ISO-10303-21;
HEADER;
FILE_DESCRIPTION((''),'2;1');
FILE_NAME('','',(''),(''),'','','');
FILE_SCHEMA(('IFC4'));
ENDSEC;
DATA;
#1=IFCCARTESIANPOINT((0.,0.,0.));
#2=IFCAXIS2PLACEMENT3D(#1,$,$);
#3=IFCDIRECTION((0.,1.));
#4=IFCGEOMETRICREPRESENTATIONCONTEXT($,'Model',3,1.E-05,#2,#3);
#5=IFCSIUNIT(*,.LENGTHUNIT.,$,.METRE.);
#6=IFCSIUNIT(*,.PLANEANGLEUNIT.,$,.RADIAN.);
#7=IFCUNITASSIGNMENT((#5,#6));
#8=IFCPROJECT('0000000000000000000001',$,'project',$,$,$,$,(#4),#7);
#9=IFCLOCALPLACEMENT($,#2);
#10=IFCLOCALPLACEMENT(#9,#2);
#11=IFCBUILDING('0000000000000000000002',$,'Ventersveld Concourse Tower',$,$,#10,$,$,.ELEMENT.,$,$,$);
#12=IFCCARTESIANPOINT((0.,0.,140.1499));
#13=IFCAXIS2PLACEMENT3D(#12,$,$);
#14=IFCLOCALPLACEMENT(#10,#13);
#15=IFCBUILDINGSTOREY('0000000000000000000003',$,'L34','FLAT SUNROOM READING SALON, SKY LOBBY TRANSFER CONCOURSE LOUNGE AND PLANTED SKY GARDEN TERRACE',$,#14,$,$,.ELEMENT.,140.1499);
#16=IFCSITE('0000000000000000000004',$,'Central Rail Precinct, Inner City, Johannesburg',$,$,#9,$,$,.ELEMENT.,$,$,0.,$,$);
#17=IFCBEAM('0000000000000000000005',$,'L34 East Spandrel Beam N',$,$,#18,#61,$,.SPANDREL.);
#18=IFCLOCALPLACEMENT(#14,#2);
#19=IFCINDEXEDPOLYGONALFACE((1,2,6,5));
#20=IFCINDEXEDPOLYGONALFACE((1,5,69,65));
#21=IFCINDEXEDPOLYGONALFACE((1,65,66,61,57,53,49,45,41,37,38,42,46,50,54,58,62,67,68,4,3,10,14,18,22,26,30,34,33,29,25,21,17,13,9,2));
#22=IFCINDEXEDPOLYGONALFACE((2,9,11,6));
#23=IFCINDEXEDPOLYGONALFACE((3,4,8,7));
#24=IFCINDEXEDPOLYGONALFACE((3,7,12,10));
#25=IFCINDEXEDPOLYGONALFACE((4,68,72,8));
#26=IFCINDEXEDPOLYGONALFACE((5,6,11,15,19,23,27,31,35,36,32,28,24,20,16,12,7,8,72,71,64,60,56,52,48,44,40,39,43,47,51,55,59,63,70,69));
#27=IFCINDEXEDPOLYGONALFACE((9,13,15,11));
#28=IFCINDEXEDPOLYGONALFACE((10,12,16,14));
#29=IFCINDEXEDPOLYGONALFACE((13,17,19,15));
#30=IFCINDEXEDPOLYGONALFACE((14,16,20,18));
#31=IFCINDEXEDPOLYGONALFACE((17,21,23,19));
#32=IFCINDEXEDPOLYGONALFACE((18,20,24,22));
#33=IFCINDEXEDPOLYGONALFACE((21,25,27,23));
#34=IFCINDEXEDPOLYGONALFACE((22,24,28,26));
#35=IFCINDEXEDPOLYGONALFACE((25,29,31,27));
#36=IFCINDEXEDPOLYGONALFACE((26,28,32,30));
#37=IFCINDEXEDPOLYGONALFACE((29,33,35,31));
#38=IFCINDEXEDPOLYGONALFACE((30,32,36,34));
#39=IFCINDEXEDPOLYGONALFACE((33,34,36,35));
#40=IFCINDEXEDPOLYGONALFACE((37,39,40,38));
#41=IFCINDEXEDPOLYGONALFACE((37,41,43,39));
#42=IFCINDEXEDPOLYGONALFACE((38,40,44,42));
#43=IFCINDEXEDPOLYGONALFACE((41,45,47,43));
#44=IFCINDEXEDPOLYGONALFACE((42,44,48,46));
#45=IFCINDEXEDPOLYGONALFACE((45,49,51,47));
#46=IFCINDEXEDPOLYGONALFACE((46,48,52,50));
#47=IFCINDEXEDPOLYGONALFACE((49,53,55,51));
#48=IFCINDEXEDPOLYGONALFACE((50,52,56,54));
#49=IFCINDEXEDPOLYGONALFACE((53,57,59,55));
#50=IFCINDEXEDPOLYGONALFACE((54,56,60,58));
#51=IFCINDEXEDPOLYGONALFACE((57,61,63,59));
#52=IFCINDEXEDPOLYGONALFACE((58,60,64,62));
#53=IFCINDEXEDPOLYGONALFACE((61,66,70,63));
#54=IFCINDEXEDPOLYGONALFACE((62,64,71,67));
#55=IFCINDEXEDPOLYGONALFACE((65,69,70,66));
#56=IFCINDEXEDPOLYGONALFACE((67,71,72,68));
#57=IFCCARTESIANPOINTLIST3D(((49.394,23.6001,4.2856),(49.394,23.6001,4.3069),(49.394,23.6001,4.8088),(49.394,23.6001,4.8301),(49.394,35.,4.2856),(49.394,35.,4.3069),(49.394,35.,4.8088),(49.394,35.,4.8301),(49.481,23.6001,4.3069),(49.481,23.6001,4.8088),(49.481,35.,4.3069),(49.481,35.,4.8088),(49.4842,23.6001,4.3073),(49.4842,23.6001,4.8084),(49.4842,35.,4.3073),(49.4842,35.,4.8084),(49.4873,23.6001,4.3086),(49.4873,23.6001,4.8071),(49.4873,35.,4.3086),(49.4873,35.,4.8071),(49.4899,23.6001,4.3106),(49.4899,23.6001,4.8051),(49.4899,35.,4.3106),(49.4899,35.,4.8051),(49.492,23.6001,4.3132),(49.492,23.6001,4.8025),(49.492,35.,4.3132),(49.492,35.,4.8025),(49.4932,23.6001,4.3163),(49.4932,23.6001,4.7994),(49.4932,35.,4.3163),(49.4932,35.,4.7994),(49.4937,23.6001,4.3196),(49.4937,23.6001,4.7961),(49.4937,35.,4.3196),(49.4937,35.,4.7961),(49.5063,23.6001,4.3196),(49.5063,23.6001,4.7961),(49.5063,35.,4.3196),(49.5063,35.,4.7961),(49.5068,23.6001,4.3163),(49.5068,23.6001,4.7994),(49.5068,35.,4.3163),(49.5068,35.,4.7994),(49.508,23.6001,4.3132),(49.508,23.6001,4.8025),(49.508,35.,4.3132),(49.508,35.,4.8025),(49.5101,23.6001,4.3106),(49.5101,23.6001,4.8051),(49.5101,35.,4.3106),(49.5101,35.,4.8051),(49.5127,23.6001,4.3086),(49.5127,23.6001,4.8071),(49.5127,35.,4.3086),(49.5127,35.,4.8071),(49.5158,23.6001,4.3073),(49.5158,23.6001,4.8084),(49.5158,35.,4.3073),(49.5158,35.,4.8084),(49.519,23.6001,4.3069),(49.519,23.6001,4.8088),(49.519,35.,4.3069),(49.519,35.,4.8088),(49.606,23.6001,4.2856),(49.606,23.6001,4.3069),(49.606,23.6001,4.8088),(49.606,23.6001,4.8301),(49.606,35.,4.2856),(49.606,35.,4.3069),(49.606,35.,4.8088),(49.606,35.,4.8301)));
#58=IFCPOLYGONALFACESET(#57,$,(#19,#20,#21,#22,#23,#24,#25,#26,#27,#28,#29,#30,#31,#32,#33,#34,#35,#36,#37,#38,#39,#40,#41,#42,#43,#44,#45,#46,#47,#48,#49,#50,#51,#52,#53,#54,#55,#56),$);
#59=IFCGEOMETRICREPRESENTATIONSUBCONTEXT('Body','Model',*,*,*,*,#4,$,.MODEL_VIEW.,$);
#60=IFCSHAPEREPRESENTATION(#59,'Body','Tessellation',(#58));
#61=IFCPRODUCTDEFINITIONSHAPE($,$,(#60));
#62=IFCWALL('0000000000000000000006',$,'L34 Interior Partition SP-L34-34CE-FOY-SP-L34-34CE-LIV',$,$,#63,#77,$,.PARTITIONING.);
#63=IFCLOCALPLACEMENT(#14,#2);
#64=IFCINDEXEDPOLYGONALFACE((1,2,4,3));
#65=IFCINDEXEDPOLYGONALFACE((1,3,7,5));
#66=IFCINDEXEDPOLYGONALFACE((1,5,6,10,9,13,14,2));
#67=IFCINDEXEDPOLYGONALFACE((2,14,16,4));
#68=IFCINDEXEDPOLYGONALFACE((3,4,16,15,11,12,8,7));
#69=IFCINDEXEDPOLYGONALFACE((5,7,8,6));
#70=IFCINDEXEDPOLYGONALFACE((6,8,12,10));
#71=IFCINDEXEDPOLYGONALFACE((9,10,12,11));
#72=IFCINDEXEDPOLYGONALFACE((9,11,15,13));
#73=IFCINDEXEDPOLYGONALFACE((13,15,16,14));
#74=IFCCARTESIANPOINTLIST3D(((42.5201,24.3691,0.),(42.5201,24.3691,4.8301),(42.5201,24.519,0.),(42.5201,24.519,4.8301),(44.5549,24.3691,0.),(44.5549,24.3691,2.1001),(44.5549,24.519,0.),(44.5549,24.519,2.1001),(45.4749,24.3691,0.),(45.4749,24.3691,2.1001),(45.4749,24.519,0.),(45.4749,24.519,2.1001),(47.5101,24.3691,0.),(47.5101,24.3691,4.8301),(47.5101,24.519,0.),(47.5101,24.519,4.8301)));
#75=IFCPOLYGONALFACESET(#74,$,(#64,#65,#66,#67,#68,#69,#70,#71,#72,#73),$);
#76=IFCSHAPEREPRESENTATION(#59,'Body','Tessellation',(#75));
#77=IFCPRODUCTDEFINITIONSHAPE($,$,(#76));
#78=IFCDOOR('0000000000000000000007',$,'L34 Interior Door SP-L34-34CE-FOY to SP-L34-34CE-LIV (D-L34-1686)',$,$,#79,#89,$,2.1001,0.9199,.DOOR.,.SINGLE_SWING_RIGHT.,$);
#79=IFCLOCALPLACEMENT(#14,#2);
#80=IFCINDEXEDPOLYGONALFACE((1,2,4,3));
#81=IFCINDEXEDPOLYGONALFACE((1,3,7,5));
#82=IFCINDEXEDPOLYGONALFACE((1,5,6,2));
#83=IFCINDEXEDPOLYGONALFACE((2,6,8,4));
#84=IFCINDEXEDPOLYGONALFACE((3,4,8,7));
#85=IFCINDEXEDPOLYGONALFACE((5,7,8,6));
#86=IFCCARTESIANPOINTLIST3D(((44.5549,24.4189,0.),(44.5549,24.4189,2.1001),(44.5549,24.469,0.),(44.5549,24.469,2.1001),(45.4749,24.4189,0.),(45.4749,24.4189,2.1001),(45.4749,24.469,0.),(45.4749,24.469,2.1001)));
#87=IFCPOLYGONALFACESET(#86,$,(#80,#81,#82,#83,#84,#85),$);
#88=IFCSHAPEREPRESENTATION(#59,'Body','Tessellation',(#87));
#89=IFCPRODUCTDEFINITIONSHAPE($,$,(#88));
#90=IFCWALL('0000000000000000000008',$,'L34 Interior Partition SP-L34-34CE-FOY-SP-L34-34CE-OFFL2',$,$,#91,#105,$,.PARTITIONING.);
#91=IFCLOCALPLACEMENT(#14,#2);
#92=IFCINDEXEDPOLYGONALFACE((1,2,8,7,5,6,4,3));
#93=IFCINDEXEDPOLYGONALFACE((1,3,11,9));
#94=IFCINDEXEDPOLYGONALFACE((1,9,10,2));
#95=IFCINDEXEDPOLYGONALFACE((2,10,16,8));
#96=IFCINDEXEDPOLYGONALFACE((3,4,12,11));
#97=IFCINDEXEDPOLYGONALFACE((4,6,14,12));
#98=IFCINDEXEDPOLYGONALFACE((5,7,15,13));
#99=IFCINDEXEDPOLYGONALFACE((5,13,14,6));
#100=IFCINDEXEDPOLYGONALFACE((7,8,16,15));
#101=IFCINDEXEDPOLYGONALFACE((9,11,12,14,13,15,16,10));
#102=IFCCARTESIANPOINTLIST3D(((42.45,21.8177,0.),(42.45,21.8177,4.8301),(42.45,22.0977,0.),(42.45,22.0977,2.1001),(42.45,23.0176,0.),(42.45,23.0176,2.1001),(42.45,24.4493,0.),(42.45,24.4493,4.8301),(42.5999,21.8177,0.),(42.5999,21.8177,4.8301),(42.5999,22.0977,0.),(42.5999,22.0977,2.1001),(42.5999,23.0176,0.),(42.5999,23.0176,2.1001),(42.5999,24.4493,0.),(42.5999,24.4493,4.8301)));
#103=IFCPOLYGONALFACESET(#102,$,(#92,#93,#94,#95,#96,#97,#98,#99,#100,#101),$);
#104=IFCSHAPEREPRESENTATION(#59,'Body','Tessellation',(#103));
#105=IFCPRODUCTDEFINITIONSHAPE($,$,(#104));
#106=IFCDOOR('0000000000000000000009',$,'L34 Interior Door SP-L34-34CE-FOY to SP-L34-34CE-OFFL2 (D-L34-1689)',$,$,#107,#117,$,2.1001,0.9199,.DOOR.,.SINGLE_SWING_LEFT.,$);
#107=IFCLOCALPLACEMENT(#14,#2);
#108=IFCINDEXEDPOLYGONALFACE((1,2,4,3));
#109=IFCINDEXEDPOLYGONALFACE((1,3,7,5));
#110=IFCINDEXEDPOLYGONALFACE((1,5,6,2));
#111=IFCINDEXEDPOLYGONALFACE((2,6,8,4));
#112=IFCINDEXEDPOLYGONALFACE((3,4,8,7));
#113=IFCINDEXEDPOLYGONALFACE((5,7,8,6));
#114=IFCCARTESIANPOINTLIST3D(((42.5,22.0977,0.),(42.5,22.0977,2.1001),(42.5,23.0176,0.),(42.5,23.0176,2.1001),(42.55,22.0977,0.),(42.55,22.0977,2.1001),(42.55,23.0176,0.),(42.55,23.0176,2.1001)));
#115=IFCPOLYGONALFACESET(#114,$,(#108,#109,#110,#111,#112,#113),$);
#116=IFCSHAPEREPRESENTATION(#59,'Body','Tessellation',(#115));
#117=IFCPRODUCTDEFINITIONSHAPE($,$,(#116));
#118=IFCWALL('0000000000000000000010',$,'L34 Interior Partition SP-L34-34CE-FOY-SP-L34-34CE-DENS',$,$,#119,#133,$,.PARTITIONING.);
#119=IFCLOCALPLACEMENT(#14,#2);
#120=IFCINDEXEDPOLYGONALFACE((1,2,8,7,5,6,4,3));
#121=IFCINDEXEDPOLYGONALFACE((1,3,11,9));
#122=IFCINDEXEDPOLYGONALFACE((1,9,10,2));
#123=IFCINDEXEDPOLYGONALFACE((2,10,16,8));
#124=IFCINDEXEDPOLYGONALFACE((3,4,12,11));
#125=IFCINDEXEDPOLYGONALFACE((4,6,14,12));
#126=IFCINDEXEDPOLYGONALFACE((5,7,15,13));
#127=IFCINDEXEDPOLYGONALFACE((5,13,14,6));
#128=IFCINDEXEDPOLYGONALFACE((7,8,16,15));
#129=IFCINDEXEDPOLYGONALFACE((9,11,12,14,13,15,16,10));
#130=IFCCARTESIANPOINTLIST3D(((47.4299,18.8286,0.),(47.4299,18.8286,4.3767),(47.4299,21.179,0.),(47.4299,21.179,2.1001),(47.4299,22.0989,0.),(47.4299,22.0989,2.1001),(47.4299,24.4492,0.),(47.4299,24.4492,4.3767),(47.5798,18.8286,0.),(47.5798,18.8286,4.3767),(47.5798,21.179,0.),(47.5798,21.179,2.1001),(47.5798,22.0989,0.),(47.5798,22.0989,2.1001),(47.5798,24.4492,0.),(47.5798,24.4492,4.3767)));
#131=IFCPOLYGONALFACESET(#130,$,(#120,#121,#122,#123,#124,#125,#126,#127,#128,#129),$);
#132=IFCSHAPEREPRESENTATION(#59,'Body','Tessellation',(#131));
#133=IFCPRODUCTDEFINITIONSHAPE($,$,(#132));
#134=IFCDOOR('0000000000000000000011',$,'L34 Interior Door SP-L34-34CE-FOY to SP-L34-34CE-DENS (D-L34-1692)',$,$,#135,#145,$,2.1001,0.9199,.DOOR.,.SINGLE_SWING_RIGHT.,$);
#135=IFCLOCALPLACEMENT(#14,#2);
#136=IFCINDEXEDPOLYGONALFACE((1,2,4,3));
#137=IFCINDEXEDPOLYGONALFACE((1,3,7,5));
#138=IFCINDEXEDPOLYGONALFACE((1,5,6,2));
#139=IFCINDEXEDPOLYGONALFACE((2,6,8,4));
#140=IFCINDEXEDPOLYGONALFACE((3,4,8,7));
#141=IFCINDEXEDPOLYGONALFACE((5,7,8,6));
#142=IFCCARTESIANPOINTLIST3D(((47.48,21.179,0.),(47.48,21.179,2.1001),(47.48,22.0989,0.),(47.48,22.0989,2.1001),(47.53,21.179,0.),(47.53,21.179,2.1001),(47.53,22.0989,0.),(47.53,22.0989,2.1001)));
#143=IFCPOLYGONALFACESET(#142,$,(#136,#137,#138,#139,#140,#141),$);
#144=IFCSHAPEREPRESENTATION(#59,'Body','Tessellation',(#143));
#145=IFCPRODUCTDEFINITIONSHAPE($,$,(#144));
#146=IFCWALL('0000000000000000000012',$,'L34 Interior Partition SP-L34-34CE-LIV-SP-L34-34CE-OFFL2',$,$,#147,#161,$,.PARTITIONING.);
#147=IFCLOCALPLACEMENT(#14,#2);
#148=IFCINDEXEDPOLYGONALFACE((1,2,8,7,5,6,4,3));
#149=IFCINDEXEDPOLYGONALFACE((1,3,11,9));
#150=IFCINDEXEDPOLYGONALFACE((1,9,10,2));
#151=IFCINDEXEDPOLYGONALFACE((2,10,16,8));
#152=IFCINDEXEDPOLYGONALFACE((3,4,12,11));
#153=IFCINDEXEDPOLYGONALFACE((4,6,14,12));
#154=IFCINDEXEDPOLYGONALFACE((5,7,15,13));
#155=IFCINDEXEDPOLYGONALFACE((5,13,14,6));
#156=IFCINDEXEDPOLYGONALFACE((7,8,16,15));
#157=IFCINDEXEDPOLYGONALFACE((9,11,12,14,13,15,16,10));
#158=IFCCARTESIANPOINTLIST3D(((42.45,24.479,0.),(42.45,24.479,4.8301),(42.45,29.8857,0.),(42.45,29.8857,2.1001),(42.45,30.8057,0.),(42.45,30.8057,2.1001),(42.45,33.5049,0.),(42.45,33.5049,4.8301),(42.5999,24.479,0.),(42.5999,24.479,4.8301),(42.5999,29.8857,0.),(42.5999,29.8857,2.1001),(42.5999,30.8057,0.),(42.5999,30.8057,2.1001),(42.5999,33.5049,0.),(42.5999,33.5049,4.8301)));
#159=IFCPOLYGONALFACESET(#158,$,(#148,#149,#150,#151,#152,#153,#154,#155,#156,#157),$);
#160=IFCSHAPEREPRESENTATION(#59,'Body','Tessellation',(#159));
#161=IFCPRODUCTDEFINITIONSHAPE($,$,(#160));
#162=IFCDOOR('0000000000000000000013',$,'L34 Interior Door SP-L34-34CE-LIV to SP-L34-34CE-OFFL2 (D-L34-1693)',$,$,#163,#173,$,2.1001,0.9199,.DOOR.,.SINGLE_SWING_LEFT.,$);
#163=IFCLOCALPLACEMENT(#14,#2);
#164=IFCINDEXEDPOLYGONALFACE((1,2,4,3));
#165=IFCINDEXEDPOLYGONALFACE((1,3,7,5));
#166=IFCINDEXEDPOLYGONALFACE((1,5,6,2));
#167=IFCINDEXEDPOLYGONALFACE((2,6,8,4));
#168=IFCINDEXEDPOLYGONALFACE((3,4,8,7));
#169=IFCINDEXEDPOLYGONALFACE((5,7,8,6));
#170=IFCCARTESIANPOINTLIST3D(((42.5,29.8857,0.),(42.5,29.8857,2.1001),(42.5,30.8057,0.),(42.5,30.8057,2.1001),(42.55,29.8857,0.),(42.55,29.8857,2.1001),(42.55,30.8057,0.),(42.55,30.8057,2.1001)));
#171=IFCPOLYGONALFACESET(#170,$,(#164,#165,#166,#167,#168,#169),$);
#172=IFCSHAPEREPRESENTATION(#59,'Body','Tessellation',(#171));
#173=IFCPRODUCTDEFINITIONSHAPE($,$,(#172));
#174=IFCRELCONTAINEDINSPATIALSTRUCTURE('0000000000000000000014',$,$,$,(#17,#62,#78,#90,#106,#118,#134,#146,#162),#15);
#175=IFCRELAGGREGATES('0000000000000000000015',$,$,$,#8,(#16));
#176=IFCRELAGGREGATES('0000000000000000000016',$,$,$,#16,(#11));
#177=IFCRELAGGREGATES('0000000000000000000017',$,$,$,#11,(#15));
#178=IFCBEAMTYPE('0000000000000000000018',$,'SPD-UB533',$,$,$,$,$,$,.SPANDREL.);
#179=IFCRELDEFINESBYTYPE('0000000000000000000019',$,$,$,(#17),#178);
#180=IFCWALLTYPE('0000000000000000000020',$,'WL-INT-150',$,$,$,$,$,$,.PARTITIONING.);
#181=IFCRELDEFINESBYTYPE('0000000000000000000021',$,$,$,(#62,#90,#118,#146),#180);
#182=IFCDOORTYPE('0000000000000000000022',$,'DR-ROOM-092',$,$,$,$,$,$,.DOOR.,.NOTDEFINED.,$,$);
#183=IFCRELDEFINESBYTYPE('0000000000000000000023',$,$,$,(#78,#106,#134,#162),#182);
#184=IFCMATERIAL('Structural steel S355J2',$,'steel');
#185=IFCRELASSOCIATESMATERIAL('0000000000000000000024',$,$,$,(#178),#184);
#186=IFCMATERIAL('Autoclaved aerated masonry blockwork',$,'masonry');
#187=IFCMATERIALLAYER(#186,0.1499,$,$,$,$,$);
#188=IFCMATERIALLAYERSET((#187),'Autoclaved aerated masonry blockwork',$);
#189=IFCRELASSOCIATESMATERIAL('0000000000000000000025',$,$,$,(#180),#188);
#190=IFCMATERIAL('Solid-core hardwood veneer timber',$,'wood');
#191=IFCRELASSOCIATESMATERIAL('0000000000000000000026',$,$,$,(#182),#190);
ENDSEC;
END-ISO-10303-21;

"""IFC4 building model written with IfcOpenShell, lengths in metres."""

from ifc_helpers import new_model, si_unit, direction, frame, frame_2d, origin, origin_2d, place, context, subcontext, project, spatial, rectangle, i_section, extrude, material, layer, layer_set, material_profile, profile_set, type_object, element, fill, save


model = new_model("IFC4")

# Units and contexts
model_context = context("Model", 3, precision=1e-05, world=origin(), true_north=direction((0.0, 1.0)))
body_context = subcontext(model_context, "Body", "Model", "MODEL_VIEW")
ifc_project = project(units=[si_unit("LENGTHUNIT", "METRE"), si_unit("PLANEANGLEUNIT", "RADIAN")], contexts=[model_context])

# Site, building, storey
site_placement = place(None, origin())
site = spatial("IfcSite", under=ifc_project, at=site_placement, Name="Central Rail Precinct, Inner City, Johannesburg", CompositionType="ELEMENT", RefElevation=0.0)
building_placement = place(site_placement, origin())
building = spatial("IfcBuilding", under=site, at=building_placement, Name="Ventersveld Concourse Tower", CompositionType="ELEMENT")
storey_placement = place(building_placement, frame((0.0, 0.0, 140.1499)))
storey = spatial("IfcBuildingStorey", under=building, at=storey_placement, Name="L34", Description="FLAT SUNROOM READING SALON, SKY LOBBY TRANSFER CONCOURSE LOUNGE AND PLANTED SKY GARDEN TERRACE", CompositionType="ELEMENT", Elevation=140.1499)

# Beam
ifc_material_1 = material(Name="Structural steel S355J2", Category="steel")
ifc_material_profile_1 = material_profile(ifc_material_1, i_section(OverallWidth=0.2119, OverallDepth=0.5444, WebThickness=0.0127, FlangeThickness=0.0212, FilletRadius=0.0127, at=origin_2d()), Name="UB 533x210x122")
ifc_profile_set_1 = profile_set([ifc_material_profile_1], Name="Structural steel S355J2")
beam_type_1 = type_object("IfcBeamType", Name="SPD-UB533", PredefinedType="SPANDREL", material=ifc_profile_set_1)
beam_1_placement = place(storey_placement, frame((49.5, 23.6001, 4.5579), z_axis=(0.0, 1.0, 0.0), x_axis=(-1.0, 0.0, 0.0)))
element("IfcBeam", 1, at=beam_1_placement, inside=storey, type_object=beam_type_1, Name="L34 East Spandrel Beam N", PredefinedType="SPANDREL", context=body_context, shape_type="SweptSolid", body=[
    extrude(i_section(OverallWidth=0.2119, OverallDepth=0.5444, WebThickness=0.0127, FlangeThickness=0.0212, FilletRadius=0.0127, at=origin_2d()), origin(), (0.0, 0.0, 1.0), 11.3999),
])

# Walls, openings, doors
ifc_material_2 = material(Name="Autoclaved aerated masonry blockwork", Category="masonry")
ifc_layer = layer(ifc_material_2, 0.1499)
ifc_layer_set = layer_set([ifc_layer], Name="Autoclaved aerated masonry blockwork")
wall_type = type_object("IfcWallType", Name="WL-INT-150", PredefinedType="PARTITIONING", material=ifc_layer_set)
wall_1_placement = place(storey_placement, frame((42.52, 24.4441, 0.0), z_axis=(0.0, 0.0, 1.0), x_axis=(1.0, 0.0, 0.0)))
wall_1 = element("IfcWall", 2, at=wall_1_placement, inside=storey, type_object=wall_type, Name="L34 Interior Partition SP-L34-34CE-FOY-SP-L34-34CE-LIV", PredefinedType="PARTITIONING", context=body_context, shape_type="SweptSolid", body=[
    extrude(rectangle(XDim=4.99, YDim=0.1499, at=frame_2d((2.4951, 0.0))), origin(), (0.0, 0.0, 1.0), 4.8301),
])
opening_1_placement = place(wall_1_placement, frame((2.0349, 0.0, 0.0)))
opening_1 = element("IfcOpeningElement", 3, at=opening_1_placement, cuts=wall_1, PredefinedType="OPENING", context=body_context, shape_type="SweptSolid", body=[
    extrude(rectangle(XDim=0.9199, YDim=2.1001, at=frame_2d((0.46, 1.05))), frame((0.0, 0.085, 0.0), z_axis=(0.0, -1.0, 0.0), x_axis=(1.0, 0.0, 0.0)), (0.0, 0.0, 1.0), 0.1699),
])
ifc_material_3 = material(Name="Solid-core hardwood veneer timber", Category="wood")
door_type = type_object("IfcDoorType", Name="DR-ROOM-092", OperationType="NOTDEFINED", PredefinedType="DOOR", material=ifc_material_3)
door_1_placement = place(opening_1_placement, origin())
door_1 = element("IfcDoor", 4, at=door_1_placement, inside=storey, type_object=door_type, Name="L34 Interior Door SP-L34-34CE-FOY to SP-L34-34CE-LIV (D-L34-1686)", OperationType="SINGLE_SWING_RIGHT", OverallHeight=2.1001, OverallWidth=0.9199, PredefinedType="DOOR", context=body_context, shape_type="SweptSolid", body=[
    extrude(rectangle(XDim=0.9199, YDim=2.1001, at=frame_2d((0.46, 1.05))), frame((0.0, 0.0249, 0.0), z_axis=(0.0, -1.0, 0.0), x_axis=(1.0, 0.0, 0.0)), (0.0, 0.0, 1.0), 0.05),
])
fill(opening_1, door_1)
wall_2_placement = place(storey_placement, frame((42.5249, 21.8176, 0.0), z_axis=(0.0, 0.0, 1.0), x_axis=(0.0, 1.0, 0.0)))
wall_2 = element("IfcWall", 5, at=wall_2_placement, inside=storey, type_object=wall_type, Name="L34 Interior Partition SP-L34-34CE-FOY-SP-L34-34CE-OFFL2", PredefinedType="PARTITIONING", context=body_context, shape_type="SweptSolid", body=[
    extrude(rectangle(XDim=2.6316, YDim=0.1499, at=frame_2d((1.3159, 0.0))), origin(), (0.0, 0.0, 1.0), 4.8301),
])
opening_2_placement = place(wall_2_placement, frame((0.28, 0.0, 0.0)))
opening_2 = element("IfcOpeningElement", 6, at=opening_2_placement, cuts=wall_2, PredefinedType="OPENING", context=body_context, shape_type="SweptSolid", body=[
    extrude(rectangle(XDim=0.9199, YDim=2.1001, at=frame_2d((0.46, 1.05))), frame((0.0, 0.085, 0.0), z_axis=(0.0, -1.0, 0.0), x_axis=(1.0, 0.0, 0.0)), (0.0, 0.0, 1.0), 0.1699),
])
door_2_placement = place(opening_2_placement, origin())
door_2 = element("IfcDoor", 7, at=door_2_placement, inside=storey, type_object=door_type, Name="L34 Interior Door SP-L34-34CE-FOY to SP-L34-34CE-OFFL2 (D-L34-1689)", OperationType="SINGLE_SWING_LEFT", OverallHeight=2.1001, OverallWidth=0.9199, PredefinedType="DOOR", context=body_context, shape_type="SweptSolid", body=[
    extrude(rectangle(XDim=0.9199, YDim=2.1001, at=frame_2d((0.46, 1.05))), frame((0.0, 0.0249, 0.0), z_axis=(0.0, -1.0, 0.0), x_axis=(1.0, 0.0, 0.0)), (0.0, 0.0, 1.0), 0.05),
])
fill(opening_2, door_2)
wall_3_placement = place(storey_placement, frame((47.5049, 18.8286, 0.0), z_axis=(0.0, 0.0, 1.0), x_axis=(0.0, 1.0, 0.0)))
wall_3 = element("IfcWall", 8, at=wall_3_placement, inside=storey, type_object=wall_type, Name="L34 Interior Partition SP-L34-34CE-FOY-SP-L34-34CE-DENS", PredefinedType="PARTITIONING", context=body_context, shape_type="SweptSolid", body=[
    extrude(rectangle(XDim=5.6206, YDim=0.1499, at=frame_2d((2.8103, 0.0))), origin(), (0.0, 0.0, 1.0), 4.3767),
])
opening_3_placement = place(wall_3_placement, frame((2.3503, 0.0, 0.0)))
opening_3 = element("IfcOpeningElement", 9, at=opening_3_placement, cuts=wall_3, PredefinedType="OPENING", context=body_context, shape_type="SweptSolid", body=[
    extrude(rectangle(XDim=0.9199, YDim=2.1001, at=frame_2d((0.46, 1.05))), frame((0.0, 0.085, 0.0), z_axis=(0.0, -1.0, 0.0), x_axis=(1.0, 0.0, 0.0)), (0.0, 0.0, 1.0), 0.1699),
])
door_3_placement = place(opening_3_placement, origin())
door_3 = element("IfcDoor", 10, at=door_3_placement, inside=storey, type_object=door_type, Name="L34 Interior Door SP-L34-34CE-FOY to SP-L34-34CE-DENS (D-L34-1692)", OperationType="SINGLE_SWING_RIGHT", OverallHeight=2.1001, OverallWidth=0.9199, PredefinedType="DOOR", context=body_context, shape_type="SweptSolid", body=[
    extrude(rectangle(XDim=0.9199, YDim=2.1001, at=frame_2d((0.46, 1.05))), frame((0.0, 0.0249, 0.0), z_axis=(0.0, -1.0, 0.0), x_axis=(1.0, 0.0, 0.0)), (0.0, 0.0, 1.0), 0.05),
])
fill(opening_3, door_3)
wall_4_placement = place(storey_placement, frame((42.5249, 24.479, 0.0), z_axis=(0.0, 0.0, 1.0), x_axis=(0.0, 1.0, 0.0)))
wall_4 = element("IfcWall", 11, at=wall_4_placement, inside=storey, type_object=wall_type, Name="L34 Interior Partition SP-L34-34CE-LIV-SP-L34-34CE-OFFL2", PredefinedType="PARTITIONING", context=body_context, shape_type="SweptSolid", body=[
    extrude(rectangle(XDim=9.0259, YDim=0.1499, at=frame_2d((4.5129, 0.0))), origin(), (0.0, 0.0, 1.0), 4.8301),
])
opening_4_placement = place(wall_4_placement, frame((5.4067, 0.0, 0.0)))
opening_4 = element("IfcOpeningElement", 12, at=opening_4_placement, cuts=wall_4, PredefinedType="OPENING", context=body_context, shape_type="SweptSolid", body=[
    extrude(rectangle(XDim=0.9199, YDim=2.1001, at=frame_2d((0.46, 1.05))), frame((0.0, 0.085, 0.0), z_axis=(0.0, -1.0, 0.0), x_axis=(1.0, 0.0, 0.0)), (0.0, 0.0, 1.0), 0.1699),
])
door_4_placement = place(opening_4_placement, origin())
door_4 = element("IfcDoor", 13, at=door_4_placement, inside=storey, type_object=door_type, Name="L34 Interior Door SP-L34-34CE-LIV to SP-L34-34CE-OFFL2 (D-L34-1693)", OperationType="SINGLE_SWING_LEFT", OverallHeight=2.1001, OverallWidth=0.9199, PredefinedType="DOOR", context=body_context, shape_type="SweptSolid", body=[
    extrude(rectangle(XDim=0.9199, YDim=2.1001, at=frame_2d((0.46, 1.05))), frame((0.0, 0.0249, 0.0), z_axis=(0.0, -1.0, 0.0), x_axis=(1.0, 0.0, 0.0)), (0.0, 0.0, 1.0), 0.05),
])
fill(opening_4, door_4)

save(model, "model.ifc")
